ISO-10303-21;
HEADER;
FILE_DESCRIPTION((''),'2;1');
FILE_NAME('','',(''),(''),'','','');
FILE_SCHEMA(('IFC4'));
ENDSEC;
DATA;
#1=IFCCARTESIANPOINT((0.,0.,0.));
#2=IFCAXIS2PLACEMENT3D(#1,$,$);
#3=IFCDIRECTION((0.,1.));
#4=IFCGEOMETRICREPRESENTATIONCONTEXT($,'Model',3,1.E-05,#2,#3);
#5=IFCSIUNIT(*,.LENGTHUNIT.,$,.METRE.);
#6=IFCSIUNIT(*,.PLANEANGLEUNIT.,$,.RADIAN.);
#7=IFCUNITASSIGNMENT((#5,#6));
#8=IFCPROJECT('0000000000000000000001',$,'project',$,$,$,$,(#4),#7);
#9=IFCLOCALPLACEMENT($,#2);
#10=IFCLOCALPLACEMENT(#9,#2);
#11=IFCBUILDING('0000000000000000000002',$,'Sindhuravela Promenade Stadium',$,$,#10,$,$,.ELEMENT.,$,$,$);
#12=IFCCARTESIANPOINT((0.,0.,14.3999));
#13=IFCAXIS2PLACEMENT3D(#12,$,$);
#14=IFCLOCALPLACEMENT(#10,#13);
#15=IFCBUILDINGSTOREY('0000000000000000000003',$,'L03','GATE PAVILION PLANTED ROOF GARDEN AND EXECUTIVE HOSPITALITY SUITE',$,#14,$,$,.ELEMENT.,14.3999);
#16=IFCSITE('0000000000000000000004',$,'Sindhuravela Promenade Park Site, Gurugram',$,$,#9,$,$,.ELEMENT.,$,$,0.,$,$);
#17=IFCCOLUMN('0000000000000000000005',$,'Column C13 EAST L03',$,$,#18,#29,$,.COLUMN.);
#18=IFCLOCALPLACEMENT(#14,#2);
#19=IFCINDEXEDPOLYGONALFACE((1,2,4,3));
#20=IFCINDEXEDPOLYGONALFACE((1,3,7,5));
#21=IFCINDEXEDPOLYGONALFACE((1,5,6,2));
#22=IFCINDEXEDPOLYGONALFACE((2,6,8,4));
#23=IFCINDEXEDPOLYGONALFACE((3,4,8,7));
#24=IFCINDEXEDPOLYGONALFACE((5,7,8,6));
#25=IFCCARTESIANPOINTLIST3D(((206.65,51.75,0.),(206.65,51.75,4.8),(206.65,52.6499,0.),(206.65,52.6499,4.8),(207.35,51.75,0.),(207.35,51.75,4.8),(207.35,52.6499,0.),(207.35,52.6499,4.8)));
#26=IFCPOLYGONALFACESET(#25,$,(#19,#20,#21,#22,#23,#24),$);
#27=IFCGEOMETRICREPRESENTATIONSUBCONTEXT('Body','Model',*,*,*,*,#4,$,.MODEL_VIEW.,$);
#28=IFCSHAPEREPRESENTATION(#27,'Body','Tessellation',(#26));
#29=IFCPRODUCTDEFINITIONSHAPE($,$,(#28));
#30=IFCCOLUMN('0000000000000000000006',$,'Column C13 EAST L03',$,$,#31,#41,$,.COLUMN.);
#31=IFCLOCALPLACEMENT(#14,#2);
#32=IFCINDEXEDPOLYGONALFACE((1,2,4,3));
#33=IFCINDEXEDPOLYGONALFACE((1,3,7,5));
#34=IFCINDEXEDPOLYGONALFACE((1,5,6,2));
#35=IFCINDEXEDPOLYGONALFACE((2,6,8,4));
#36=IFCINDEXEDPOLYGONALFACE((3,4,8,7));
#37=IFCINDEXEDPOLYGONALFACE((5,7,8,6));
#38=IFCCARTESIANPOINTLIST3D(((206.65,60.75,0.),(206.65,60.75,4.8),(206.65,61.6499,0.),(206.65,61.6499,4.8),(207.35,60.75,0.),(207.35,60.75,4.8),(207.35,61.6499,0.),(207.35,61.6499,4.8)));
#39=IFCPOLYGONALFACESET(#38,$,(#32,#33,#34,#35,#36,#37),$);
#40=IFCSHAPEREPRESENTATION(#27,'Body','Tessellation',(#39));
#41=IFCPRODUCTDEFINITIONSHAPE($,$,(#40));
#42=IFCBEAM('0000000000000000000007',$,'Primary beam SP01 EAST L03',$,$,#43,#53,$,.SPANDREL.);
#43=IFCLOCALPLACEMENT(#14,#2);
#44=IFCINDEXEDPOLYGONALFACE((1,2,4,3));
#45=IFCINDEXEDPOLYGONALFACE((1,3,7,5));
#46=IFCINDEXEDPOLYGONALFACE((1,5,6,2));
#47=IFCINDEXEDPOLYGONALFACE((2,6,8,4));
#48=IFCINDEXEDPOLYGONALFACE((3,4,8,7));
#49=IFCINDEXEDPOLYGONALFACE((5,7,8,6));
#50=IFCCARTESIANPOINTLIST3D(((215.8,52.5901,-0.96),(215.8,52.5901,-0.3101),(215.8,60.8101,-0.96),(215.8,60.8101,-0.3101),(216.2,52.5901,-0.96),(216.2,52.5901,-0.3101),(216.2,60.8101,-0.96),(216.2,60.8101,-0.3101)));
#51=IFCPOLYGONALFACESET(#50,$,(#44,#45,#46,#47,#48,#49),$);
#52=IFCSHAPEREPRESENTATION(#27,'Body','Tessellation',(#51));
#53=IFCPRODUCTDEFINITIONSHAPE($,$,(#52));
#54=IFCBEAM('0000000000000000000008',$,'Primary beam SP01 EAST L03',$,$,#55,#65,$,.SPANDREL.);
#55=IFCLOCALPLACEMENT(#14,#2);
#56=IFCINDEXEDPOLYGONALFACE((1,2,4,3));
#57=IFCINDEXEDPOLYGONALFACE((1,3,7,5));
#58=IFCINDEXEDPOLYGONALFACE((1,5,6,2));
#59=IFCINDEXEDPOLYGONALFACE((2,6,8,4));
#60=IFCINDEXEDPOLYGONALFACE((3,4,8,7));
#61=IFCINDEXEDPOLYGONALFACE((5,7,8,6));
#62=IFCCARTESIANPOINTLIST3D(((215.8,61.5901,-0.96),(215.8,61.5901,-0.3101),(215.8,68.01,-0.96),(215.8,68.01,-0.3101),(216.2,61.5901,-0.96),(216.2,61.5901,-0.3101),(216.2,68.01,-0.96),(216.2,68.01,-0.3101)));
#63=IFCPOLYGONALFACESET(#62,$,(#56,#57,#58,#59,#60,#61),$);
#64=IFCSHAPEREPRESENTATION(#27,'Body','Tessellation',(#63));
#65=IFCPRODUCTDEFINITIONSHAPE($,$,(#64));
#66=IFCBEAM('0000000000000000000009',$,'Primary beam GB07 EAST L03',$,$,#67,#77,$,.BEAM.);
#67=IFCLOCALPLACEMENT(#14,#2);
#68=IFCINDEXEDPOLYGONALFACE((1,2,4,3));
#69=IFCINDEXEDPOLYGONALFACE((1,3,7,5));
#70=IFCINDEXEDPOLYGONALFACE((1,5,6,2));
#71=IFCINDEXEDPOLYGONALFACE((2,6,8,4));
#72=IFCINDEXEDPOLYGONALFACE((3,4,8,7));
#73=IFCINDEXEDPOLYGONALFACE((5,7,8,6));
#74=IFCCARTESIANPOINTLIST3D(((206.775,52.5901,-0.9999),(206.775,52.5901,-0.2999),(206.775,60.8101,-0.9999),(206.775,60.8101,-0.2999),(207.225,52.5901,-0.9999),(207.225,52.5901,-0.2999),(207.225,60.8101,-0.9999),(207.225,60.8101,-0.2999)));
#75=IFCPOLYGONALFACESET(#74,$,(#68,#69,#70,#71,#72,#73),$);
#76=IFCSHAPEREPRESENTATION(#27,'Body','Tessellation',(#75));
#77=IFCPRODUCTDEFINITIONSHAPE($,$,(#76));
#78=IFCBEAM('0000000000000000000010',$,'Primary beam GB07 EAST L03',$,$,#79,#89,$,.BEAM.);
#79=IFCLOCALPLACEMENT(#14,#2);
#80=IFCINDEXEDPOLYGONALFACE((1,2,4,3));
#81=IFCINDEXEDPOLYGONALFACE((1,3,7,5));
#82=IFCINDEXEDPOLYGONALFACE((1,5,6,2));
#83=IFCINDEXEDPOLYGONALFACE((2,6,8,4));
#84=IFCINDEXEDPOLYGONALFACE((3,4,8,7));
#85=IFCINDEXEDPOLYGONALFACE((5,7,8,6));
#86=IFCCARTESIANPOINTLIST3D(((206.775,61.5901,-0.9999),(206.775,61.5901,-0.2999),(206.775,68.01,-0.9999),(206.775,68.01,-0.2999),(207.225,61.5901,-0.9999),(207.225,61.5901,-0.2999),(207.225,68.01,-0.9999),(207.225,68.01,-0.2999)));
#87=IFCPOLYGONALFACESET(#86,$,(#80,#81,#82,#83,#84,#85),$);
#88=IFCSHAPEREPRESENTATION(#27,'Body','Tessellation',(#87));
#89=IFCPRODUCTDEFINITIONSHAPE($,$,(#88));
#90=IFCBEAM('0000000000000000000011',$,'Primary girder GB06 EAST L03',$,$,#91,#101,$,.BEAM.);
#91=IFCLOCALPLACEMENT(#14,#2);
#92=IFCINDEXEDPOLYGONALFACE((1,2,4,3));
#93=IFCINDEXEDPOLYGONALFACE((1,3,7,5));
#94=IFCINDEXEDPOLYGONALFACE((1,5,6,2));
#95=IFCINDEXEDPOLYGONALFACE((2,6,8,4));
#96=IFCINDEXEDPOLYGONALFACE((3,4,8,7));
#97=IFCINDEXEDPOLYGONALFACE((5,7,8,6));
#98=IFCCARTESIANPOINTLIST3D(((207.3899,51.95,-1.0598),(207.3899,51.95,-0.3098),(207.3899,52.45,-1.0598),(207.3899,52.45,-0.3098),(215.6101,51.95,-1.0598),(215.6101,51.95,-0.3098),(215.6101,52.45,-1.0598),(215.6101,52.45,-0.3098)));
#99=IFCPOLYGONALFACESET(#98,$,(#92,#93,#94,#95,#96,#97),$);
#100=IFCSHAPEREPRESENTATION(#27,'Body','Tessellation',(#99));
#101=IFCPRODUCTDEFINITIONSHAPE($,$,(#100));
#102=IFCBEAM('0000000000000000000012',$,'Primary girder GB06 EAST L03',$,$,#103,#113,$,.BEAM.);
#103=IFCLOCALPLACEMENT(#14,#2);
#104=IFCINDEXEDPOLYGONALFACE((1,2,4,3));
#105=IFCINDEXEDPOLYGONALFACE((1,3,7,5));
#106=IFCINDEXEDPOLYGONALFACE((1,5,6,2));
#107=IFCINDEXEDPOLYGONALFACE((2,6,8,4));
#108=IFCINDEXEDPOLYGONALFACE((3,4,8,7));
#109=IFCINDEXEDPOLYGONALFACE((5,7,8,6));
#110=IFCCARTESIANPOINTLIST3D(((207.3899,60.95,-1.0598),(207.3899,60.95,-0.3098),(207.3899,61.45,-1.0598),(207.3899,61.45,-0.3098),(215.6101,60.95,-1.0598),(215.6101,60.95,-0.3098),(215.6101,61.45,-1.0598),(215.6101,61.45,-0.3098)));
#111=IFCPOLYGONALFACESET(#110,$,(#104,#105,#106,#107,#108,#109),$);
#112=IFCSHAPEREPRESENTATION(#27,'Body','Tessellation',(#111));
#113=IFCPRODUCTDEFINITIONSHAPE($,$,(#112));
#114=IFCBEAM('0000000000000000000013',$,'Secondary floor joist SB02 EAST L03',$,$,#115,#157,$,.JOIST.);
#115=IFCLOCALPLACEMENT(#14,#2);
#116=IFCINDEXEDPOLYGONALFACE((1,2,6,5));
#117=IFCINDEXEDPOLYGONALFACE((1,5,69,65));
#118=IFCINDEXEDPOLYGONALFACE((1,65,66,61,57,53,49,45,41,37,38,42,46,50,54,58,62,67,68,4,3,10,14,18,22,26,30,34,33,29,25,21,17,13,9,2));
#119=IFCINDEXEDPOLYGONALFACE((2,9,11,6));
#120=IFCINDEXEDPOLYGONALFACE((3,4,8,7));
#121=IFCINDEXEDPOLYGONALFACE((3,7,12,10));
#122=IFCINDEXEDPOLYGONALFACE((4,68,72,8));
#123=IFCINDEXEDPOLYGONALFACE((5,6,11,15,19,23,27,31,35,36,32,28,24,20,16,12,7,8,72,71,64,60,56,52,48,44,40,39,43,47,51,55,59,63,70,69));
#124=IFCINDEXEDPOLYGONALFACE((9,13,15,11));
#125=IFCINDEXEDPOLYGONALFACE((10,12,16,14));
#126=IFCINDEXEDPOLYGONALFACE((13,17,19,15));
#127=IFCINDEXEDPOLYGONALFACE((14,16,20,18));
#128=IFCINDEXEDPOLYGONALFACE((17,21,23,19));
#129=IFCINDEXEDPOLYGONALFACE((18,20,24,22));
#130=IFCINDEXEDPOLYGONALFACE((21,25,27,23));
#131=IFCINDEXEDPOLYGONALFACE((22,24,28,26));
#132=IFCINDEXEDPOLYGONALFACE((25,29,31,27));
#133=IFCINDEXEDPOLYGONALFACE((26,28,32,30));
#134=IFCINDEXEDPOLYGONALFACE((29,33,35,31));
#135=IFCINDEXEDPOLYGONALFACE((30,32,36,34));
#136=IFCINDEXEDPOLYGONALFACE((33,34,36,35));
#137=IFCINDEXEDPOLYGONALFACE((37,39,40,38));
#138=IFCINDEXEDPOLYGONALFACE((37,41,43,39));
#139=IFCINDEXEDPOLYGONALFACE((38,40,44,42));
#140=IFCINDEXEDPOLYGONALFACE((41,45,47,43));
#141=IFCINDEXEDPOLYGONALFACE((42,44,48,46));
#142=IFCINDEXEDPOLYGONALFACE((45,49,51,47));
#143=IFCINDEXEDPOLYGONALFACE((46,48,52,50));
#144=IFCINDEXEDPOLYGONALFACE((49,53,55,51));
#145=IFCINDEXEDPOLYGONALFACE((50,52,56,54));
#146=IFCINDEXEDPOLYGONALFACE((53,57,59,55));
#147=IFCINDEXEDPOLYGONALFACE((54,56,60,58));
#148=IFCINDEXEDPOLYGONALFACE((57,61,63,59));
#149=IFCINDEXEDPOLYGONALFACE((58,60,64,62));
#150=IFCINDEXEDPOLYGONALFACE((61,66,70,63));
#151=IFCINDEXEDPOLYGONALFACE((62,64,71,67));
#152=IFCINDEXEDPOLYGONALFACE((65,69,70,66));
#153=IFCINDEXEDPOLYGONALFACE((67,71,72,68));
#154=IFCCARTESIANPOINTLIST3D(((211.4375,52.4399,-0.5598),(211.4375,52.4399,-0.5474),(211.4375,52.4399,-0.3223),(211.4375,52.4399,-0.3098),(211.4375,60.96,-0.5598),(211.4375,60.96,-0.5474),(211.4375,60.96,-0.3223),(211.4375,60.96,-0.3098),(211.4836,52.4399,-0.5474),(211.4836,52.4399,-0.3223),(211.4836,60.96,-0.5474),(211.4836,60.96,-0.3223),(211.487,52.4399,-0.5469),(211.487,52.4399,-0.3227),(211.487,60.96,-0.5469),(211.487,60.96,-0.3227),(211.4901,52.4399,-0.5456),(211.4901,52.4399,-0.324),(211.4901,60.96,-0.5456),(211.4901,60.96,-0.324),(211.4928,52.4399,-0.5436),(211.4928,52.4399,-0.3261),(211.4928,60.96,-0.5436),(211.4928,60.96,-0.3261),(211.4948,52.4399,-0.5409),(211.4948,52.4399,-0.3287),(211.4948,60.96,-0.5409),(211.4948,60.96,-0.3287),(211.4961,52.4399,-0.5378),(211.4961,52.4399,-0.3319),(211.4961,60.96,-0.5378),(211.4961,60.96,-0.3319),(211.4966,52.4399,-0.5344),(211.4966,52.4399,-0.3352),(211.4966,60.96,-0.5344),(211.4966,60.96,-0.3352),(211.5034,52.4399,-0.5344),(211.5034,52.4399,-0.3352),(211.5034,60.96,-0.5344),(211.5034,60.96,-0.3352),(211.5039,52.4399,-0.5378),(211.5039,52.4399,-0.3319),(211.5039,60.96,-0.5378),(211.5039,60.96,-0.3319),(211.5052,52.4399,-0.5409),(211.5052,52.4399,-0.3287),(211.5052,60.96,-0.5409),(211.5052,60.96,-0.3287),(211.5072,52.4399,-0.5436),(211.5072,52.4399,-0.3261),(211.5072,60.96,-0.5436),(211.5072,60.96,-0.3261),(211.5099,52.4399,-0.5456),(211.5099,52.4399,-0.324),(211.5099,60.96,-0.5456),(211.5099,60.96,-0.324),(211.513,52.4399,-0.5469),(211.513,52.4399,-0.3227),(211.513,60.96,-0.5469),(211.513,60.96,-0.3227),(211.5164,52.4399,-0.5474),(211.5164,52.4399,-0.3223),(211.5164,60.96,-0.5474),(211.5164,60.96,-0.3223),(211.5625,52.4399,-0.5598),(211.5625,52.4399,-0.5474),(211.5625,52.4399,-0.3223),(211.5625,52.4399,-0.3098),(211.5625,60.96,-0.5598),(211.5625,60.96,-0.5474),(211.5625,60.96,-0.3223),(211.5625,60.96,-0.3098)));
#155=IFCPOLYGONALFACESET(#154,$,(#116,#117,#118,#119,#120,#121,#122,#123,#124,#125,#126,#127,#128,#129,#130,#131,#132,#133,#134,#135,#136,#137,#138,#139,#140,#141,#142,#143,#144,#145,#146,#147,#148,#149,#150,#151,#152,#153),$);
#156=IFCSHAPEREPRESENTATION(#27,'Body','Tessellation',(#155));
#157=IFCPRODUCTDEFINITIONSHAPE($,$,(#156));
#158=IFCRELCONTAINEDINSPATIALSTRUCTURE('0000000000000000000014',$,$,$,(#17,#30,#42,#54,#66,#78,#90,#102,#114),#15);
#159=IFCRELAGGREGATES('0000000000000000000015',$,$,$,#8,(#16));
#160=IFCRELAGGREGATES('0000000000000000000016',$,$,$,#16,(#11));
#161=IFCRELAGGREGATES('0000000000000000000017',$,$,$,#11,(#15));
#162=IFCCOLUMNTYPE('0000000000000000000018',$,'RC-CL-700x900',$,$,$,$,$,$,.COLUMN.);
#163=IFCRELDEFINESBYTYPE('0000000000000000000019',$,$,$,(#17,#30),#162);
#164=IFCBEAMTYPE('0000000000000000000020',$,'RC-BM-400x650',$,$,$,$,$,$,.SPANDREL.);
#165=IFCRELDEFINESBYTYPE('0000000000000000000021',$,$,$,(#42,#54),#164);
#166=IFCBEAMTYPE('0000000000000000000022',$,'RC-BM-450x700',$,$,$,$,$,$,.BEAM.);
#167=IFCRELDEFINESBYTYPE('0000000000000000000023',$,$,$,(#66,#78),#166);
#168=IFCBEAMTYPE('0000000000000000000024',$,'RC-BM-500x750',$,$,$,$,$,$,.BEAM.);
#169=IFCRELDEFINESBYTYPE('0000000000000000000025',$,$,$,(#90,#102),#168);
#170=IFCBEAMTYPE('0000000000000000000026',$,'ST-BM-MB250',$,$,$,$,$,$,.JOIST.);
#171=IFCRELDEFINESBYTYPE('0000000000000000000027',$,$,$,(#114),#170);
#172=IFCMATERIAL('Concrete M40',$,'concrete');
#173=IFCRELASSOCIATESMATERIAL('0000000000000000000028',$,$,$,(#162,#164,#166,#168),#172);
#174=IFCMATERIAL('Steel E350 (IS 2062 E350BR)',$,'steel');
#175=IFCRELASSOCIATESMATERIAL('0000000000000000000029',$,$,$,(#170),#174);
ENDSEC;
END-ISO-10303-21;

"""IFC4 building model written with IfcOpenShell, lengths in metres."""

from ifc_helpers import new_model, si_unit, direction, frame, origin, origin_2d, place, context, subcontext, project, spatial, rectangle, i_section, extrude, material, material_profile, profile_set, type_object, element, save


model = new_model("IFC4")

# Units and contexts
model_context = context("Model", 3, precision=1e-05, world=origin(), true_north=direction((0.0, 1.0)))
body_context = subcontext(model_context, "Body", "Model", "MODEL_VIEW")
ifc_project = project(units=[si_unit("LENGTHUNIT", "METRE"), si_unit("PLANEANGLEUNIT", "RADIAN")], contexts=[model_context])

# Site, building, storey
site_placement = place(None, origin())
site = spatial("IfcSite", under=ifc_project, at=site_placement, Name="Sindhuravela Promenade Park Site, Gurugram", CompositionType="ELEMENT", RefElevation=0.0)
building_placement = place(site_placement, origin())
building = spatial("IfcBuilding", under=site, at=building_placement, Name="Sindhuravela Promenade Stadium", CompositionType="ELEMENT")
storey_placement = place(building_placement, frame((0.0, 0.0, 14.3999)))
storey = spatial("IfcBuildingStorey", under=building, at=storey_placement, Name="L03", Description="GATE PAVILION PLANTED ROOF GARDEN AND EXECUTIVE HOSPITALITY SUITE", CompositionType="ELEMENT", Elevation=14.3999)

# Columns
ifc_material_1 = material(Name="Concrete M40", Category="concrete")
ifc_material_profile_1 = material_profile(ifc_material_1, rectangle(XDim=0.7, YDim=0.8999, at=origin_2d()), Name="RC 700x900")
ifc_profile_set_1 = profile_set([ifc_material_profile_1], Name="Concrete M40")
column_type = type_object("IfcColumnType", Name="RC-CL-700x900", PredefinedType="COLUMN", material=ifc_profile_set_1)
for number, where, z_axis, x_axis, name in (
    (1, (207.0, 52.2, 0.0), (0.0, 0.0, 1.0), (1.0, 0.0, 0.0), "Column C13 EAST L03"),
    (2, (207.0, 61.2, 0.0), (0.0, 0.0, 1.0), (1.0, 0.0, 0.0), "Column C13 EAST L03"),
):
    element("IfcColumn", number, at=place(storey_placement, frame(where, z_axis=z_axis, x_axis=x_axis)), inside=storey, type_object=column_type, Name=name, PredefinedType="COLUMN", context=body_context, shape_type="SweptSolid", body=[
        extrude(rectangle(XDim=0.7, YDim=0.8999, at=origin_2d()), origin(), (0.0, 0.0, 1.0), 4.8),
    ])

# Beams
ifc_material_profile_2 = material_profile(ifc_material_1, rectangle(XDim=0.3999, YDim=0.6499, at=origin_2d()), Name="RC 400x650")
ifc_profile_set_2 = profile_set([ifc_material_profile_2], Name="Concrete M40")
beam_type_1 = type_object("IfcBeamType", Name="RC-BM-400x650", PredefinedType="SPANDREL", material=ifc_profile_set_2)
beam_1_placement = place(storey_placement, frame((216.0, 52.5901, -0.635), z_axis=(0.0, 1.0, 0.0), x_axis=(-1.0, 0.0, 0.0)))
element("IfcBeam", 3, at=beam_1_placement, inside=storey, type_object=beam_type_1, Name="Primary beam SP01 EAST L03", PredefinedType="SPANDREL", context=body_context, shape_type="SweptSolid", body=[
    extrude(rectangle(XDim=0.3999, YDim=0.6499, at=origin_2d()), origin(), (0.0, 0.0, 1.0), 8.22),
])
beam_2_placement = place(storey_placement, frame((216.0, 61.5901, -0.635), z_axis=(0.0, 1.0, 0.0), x_axis=(-1.0, 0.0, 0.0)))
element("IfcBeam", 4, at=beam_2_placement, inside=storey, type_object=beam_type_1, Name="Primary beam SP01 EAST L03", PredefinedType="SPANDREL", context=body_context, shape_type="SweptSolid", body=[
    extrude(rectangle(XDim=0.3999, YDim=0.6499, at=origin_2d()), origin(), (0.0, 0.0, 1.0), 6.4199),
])
ifc_material_profile_3 = material_profile(ifc_material_1, rectangle(XDim=0.45, YDim=0.7, at=origin_2d()), Name="RC 450x700")
ifc_profile_set_3 = profile_set([ifc_material_profile_3], Name="Concrete M40")
beam_type_2 = type_object("IfcBeamType", Name="RC-BM-450x700", PredefinedType="BEAM", material=ifc_profile_set_3)
beam_3_placement = place(storey_placement, frame((207.0, 52.5901, -0.6499), z_axis=(0.0, 1.0, 0.0), x_axis=(-1.0, 0.0, 0.0)))
element("IfcBeam", 5, at=beam_3_placement, inside=storey, type_object=beam_type_2, Name="Primary beam GB07 EAST L03", PredefinedType="BEAM", context=body_context, shape_type="SweptSolid", body=[
    extrude(rectangle(XDim=0.45, YDim=0.7, at=origin_2d()), origin(), (0.0, 0.0, 1.0), 8.22),
])
beam_4_placement = place(storey_placement, frame((207.0, 61.5901, -0.6499), z_axis=(0.0, 1.0, 0.0), x_axis=(-1.0, 0.0, 0.0)))
element("IfcBeam", 6, at=beam_4_placement, inside=storey, type_object=beam_type_2, Name="Primary beam GB07 EAST L03", PredefinedType="BEAM", context=body_context, shape_type="SweptSolid", body=[
    extrude(rectangle(XDim=0.45, YDim=0.7, at=origin_2d()), origin(), (0.0, 0.0, 1.0), 6.4199),
])
ifc_material_profile_4 = material_profile(ifc_material_1, rectangle(XDim=0.5, YDim=0.75, at=origin_2d()), Name="RC 500x750")
ifc_profile_set_4 = profile_set([ifc_material_profile_4], Name="Concrete M40")
beam_type_3 = type_object("IfcBeamType", Name="RC-BM-500x750", PredefinedType="BEAM", material=ifc_profile_set_4)
for number, where, z_axis, x_axis, name in (
    (7, (207.3899, 52.2, -0.6848), (1.0, 0.0, 0.0), (0.0, 1.0, 0.0), "Primary girder GB06 EAST L03"),
    (8, (207.3899, 61.2, -0.6848), (1.0, 0.0, 0.0), (0.0, 1.0, 0.0), "Primary girder GB06 EAST L03"),
):
    element("IfcBeam", number, at=place(storey_placement, frame(where, z_axis=z_axis, x_axis=x_axis)), inside=storey, type_object=beam_type_3, Name=name, PredefinedType="BEAM", context=body_context, shape_type="SweptSolid", body=[
        extrude(rectangle(XDim=0.5, YDim=0.75, at=origin_2d()), origin(), (0.0, 0.0, 1.0), 8.2202),
    ])
ifc_material_2 = material(Name="Steel E350 (IS 2062 E350BR)", Category="steel")
ifc_material_profile_5 = material_profile(ifc_material_2, i_section(OverallWidth=0.125, OverallDepth=0.25, WebThickness=0.0068, FlangeThickness=0.0125, FilletRadius=0.0129, at=origin_2d()), Name="ISMB 250")
ifc_profile_set_5 = profile_set([ifc_material_profile_5], Name="Steel E350 (IS 2062 E350BR)")
beam_type_4 = type_object("IfcBeamType", Name="ST-BM-MB250", PredefinedType="JOIST", material=ifc_profile_set_5)
beam_5_placement = place(storey_placement, frame((211.5, 52.4399, -0.4348), z_axis=(0.0, 1.0, 0.0), x_axis=(-1.0, 0.0, 0.0)))
element("IfcBeam", 9, at=beam_5_placement, inside=storey, type_object=beam_type_4, Name="Secondary floor joist SB02 EAST L03", PredefinedType="JOIST", context=body_context, shape_type="SweptSolid", body=[
    extrude(i_section(OverallWidth=0.125, OverallDepth=0.25, WebThickness=0.0068, FlangeThickness=0.0125, FilletRadius=0.0129, at=origin_2d()), origin(), (0.0, 0.0, 1.0), 8.52),
])

save(model, "model.ifc")
